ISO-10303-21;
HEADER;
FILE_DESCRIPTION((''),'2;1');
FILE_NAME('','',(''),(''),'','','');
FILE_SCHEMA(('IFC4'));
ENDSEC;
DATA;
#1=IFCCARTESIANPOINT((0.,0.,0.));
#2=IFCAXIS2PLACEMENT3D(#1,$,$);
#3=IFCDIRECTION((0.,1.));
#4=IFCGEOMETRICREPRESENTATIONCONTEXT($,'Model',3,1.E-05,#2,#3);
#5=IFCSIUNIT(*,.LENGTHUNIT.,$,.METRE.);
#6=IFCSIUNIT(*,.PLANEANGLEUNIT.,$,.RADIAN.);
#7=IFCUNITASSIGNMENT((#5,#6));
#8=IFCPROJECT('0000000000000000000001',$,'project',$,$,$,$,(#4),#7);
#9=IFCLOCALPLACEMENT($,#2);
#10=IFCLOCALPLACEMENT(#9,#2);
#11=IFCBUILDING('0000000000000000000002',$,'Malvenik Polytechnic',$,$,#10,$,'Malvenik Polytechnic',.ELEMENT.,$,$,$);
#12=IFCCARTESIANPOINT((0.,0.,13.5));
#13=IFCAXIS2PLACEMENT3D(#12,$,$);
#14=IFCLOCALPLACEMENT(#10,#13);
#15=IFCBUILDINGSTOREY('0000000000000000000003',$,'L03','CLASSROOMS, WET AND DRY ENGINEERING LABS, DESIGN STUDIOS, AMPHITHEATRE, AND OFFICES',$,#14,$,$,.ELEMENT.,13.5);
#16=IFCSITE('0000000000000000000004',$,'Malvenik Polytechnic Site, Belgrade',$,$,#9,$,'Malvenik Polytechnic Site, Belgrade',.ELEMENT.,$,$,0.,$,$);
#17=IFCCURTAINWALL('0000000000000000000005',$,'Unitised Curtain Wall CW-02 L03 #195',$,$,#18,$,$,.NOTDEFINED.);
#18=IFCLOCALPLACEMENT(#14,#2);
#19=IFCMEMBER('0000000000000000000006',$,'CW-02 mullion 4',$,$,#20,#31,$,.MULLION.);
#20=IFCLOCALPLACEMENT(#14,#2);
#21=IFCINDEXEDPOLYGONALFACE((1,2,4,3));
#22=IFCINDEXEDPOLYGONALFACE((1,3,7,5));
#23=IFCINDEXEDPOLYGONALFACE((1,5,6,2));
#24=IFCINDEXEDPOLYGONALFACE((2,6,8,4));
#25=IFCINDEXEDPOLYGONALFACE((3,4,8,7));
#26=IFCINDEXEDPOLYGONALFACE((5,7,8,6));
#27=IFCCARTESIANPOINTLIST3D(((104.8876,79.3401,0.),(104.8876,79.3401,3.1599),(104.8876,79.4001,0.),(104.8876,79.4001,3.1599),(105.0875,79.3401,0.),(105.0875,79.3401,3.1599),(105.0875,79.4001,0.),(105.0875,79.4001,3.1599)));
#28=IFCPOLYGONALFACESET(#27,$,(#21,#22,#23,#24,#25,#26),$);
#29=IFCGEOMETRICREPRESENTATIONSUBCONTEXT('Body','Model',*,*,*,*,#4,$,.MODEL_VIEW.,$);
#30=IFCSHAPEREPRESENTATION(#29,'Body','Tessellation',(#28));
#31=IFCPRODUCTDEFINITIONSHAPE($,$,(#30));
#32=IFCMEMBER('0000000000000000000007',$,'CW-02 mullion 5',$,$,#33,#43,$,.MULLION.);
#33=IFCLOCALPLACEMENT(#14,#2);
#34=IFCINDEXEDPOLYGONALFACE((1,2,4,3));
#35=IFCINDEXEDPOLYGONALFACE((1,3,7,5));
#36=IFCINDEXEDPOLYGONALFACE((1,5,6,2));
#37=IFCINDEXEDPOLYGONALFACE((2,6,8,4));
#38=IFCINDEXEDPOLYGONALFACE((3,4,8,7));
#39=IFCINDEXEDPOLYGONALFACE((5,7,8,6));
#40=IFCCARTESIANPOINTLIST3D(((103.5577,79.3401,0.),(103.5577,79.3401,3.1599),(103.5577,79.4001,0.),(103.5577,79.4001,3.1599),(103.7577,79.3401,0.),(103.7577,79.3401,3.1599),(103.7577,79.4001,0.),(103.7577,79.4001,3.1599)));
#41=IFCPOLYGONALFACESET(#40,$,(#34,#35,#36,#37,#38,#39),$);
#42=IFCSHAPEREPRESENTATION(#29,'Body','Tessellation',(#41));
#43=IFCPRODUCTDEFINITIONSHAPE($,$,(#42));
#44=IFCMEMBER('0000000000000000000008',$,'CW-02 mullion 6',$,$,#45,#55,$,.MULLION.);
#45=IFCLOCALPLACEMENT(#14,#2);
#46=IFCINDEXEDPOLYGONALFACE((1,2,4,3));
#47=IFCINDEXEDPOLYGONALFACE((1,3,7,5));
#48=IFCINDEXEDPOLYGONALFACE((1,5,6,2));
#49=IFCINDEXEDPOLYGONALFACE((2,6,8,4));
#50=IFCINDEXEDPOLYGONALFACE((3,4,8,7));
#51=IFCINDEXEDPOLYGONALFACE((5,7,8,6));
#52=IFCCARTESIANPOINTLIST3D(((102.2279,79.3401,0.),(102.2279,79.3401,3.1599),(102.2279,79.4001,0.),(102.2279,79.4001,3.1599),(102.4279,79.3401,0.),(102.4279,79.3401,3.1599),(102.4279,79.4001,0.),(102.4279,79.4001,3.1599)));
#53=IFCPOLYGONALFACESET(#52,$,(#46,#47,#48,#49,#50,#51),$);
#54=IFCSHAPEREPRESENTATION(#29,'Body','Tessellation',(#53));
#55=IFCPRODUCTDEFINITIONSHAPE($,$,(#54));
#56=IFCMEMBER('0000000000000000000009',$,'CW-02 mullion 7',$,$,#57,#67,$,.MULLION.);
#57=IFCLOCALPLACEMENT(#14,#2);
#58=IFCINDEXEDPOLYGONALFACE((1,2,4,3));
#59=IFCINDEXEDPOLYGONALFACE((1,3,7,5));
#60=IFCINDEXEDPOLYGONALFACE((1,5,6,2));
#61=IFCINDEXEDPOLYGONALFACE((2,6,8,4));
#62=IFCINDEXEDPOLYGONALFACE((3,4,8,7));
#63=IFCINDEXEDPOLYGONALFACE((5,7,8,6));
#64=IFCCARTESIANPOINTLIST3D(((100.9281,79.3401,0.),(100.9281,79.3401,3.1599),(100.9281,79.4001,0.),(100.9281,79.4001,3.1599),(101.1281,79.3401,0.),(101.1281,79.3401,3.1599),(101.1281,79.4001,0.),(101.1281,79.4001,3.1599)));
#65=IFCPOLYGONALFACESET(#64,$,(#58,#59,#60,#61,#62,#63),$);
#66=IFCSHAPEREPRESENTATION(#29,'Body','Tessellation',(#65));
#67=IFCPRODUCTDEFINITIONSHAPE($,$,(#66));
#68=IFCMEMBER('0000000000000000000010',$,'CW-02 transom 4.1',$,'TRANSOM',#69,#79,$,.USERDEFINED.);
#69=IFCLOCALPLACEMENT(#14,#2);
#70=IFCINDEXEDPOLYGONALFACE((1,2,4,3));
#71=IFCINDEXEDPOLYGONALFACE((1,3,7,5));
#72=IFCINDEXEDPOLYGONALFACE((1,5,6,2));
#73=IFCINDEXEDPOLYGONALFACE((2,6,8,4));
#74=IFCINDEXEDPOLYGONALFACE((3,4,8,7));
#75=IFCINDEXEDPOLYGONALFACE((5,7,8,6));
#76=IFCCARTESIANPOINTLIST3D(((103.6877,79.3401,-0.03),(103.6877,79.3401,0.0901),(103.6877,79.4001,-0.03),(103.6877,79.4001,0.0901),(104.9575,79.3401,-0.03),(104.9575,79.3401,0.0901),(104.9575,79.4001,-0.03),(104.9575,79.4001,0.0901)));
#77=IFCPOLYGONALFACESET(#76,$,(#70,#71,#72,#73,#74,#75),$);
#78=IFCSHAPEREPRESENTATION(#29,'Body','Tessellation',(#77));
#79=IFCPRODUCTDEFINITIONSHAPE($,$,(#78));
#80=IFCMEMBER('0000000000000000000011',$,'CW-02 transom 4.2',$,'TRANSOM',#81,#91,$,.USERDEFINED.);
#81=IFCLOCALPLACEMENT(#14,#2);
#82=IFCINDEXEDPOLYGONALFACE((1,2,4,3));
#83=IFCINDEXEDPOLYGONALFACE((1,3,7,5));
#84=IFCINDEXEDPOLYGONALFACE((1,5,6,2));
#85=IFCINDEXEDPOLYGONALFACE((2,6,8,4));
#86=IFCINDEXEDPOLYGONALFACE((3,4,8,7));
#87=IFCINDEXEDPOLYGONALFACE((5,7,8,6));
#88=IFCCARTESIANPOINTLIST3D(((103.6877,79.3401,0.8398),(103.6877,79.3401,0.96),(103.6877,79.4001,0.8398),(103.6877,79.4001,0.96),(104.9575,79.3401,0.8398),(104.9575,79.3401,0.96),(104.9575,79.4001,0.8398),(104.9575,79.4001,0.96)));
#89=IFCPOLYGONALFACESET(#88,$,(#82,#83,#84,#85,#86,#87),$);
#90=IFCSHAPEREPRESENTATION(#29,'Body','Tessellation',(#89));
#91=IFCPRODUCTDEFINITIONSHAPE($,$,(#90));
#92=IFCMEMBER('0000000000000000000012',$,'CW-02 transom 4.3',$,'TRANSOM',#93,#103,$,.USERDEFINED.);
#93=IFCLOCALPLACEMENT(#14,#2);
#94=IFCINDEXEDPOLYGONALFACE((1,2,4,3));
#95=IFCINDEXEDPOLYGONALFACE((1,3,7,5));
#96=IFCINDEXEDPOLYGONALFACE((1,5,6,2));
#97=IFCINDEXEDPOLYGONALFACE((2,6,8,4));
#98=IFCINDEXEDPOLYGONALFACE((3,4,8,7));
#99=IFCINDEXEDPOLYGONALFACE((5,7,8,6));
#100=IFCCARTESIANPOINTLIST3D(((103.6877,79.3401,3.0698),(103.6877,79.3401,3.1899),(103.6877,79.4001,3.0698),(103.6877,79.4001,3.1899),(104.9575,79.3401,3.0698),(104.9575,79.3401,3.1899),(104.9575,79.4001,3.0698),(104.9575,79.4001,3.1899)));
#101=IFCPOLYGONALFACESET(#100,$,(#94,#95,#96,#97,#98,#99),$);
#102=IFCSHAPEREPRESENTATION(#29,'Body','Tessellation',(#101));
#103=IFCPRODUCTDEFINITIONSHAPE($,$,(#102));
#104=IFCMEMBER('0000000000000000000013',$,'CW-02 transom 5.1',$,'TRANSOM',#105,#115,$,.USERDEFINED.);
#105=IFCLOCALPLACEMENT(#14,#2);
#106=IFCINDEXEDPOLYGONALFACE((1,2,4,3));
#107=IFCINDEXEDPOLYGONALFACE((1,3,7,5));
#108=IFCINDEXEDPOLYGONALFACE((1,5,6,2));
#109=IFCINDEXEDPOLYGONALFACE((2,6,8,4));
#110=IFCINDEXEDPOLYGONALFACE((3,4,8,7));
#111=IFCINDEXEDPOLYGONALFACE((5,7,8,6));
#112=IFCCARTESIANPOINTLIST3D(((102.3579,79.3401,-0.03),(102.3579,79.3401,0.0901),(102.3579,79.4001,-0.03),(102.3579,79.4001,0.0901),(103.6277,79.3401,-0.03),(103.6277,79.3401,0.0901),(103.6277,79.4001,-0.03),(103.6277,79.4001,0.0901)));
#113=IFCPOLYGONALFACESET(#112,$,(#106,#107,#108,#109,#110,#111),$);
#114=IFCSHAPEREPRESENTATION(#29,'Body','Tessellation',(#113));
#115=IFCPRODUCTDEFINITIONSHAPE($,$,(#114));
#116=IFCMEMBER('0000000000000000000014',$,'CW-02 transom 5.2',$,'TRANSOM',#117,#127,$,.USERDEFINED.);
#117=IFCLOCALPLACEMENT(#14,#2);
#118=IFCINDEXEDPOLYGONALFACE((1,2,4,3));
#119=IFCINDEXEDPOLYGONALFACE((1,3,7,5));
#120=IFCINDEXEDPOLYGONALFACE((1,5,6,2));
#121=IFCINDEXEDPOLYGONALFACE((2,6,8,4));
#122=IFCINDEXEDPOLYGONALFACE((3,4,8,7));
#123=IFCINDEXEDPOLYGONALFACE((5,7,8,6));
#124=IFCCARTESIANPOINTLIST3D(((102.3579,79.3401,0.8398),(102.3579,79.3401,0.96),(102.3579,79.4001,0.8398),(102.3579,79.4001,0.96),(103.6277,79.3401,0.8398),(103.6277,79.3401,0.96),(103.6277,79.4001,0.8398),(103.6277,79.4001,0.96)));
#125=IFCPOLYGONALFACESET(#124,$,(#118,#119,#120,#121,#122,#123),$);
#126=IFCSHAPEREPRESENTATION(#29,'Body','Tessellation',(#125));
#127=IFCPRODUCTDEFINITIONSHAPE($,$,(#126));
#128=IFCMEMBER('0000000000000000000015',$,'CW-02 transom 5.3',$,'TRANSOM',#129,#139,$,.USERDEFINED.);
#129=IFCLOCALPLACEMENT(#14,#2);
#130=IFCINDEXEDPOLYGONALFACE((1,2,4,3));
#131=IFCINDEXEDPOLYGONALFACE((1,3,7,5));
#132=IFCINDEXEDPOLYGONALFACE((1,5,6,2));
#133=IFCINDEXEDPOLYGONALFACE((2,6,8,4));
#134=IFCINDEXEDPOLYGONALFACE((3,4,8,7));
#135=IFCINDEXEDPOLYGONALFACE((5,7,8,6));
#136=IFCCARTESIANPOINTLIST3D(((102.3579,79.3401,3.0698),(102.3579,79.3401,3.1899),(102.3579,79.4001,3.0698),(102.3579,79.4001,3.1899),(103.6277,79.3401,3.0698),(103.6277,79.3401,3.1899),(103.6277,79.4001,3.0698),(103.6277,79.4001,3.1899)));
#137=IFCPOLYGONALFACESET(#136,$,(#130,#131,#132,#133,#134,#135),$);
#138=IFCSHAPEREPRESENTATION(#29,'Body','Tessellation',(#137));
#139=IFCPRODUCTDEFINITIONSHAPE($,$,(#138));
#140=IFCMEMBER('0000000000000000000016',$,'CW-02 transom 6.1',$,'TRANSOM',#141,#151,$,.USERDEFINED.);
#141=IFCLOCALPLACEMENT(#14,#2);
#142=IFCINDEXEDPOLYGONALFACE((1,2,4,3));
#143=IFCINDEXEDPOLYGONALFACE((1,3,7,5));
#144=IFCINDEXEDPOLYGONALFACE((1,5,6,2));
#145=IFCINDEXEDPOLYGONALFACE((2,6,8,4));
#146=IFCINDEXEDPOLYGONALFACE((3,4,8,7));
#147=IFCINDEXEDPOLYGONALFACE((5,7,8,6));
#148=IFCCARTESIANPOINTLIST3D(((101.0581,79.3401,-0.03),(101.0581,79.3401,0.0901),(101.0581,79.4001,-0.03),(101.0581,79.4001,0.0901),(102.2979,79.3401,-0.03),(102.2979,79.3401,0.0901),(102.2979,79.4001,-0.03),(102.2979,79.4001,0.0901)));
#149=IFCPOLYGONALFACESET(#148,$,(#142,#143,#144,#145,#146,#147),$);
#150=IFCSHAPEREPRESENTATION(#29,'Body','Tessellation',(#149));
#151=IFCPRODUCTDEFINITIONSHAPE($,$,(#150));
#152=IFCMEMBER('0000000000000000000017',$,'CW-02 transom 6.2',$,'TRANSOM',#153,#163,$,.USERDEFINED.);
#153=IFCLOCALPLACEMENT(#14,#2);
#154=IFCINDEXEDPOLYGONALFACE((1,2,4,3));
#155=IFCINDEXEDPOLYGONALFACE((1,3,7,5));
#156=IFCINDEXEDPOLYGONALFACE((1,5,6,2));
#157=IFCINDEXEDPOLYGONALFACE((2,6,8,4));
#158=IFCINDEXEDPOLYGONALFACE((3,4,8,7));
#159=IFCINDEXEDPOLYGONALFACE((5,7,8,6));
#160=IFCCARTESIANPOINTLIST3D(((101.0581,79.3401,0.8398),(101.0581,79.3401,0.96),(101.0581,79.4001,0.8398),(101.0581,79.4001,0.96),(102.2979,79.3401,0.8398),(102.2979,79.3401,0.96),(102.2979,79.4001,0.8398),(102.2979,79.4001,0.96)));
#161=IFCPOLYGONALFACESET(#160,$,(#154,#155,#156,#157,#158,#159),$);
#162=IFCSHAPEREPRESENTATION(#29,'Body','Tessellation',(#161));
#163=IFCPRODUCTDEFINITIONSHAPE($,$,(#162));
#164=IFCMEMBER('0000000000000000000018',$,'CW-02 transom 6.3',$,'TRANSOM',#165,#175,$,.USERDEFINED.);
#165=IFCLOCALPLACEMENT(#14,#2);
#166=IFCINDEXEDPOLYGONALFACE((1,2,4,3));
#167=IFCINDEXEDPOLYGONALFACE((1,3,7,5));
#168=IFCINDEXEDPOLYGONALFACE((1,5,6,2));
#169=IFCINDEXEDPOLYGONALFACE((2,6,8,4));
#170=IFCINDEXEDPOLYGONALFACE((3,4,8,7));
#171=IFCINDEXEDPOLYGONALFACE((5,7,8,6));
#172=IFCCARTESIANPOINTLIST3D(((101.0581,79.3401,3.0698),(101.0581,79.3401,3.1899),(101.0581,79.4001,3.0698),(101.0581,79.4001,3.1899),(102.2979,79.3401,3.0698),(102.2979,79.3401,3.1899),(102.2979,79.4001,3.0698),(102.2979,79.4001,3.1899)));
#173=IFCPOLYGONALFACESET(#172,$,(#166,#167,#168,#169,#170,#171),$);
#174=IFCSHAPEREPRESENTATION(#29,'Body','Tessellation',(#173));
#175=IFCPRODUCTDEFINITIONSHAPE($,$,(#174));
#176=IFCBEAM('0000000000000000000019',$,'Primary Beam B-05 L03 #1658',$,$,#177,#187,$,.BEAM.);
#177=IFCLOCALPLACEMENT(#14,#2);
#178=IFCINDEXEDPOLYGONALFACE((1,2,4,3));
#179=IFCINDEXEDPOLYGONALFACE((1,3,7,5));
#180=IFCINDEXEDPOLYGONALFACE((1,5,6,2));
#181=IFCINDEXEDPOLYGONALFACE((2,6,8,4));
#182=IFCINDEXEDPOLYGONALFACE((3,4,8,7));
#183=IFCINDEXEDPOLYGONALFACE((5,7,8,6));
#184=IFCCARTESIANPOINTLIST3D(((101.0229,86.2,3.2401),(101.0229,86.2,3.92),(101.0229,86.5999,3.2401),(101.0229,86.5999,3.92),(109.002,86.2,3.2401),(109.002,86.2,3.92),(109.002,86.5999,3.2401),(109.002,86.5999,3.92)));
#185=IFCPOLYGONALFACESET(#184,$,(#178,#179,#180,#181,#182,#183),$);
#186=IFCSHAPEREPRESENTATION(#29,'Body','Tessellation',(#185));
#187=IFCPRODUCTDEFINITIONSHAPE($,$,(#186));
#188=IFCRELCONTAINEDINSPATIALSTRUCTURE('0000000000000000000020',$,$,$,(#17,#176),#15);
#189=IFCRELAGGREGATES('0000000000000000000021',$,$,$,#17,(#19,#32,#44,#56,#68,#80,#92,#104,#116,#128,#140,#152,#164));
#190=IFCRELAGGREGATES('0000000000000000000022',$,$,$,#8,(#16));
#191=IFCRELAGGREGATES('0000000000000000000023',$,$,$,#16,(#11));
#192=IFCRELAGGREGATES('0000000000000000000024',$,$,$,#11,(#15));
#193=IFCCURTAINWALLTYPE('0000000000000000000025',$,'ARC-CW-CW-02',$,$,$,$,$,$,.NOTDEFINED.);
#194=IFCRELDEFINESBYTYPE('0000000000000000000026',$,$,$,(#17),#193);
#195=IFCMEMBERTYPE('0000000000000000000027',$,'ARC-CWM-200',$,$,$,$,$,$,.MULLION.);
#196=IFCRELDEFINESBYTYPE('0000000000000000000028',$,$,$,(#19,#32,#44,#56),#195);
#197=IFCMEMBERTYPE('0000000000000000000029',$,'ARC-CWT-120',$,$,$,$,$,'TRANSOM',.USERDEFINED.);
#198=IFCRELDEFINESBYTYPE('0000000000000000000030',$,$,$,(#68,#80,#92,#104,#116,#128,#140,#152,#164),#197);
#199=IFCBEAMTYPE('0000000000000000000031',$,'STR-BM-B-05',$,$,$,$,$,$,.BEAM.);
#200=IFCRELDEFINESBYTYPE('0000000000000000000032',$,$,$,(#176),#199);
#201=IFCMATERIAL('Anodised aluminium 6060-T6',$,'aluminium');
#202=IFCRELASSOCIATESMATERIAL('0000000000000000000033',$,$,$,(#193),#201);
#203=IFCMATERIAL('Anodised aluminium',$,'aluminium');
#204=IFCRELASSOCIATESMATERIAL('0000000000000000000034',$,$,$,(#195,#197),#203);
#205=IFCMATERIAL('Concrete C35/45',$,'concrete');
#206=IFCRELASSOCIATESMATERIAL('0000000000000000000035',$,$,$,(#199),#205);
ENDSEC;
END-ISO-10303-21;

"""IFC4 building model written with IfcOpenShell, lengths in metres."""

from ifc_helpers import new_model, si_unit, direction, frame, origin, origin_2d, place, context, subcontext, project, spatial, rectangle, extrude, material, material_profile, profile_set, type_object, element, aggregate, save


model = new_model("IFC4")

# Units and contexts
model_context = context("Model", 3, precision=1e-05, world=origin(), true_north=direction((0.0, 1.0)))
body_context = subcontext(model_context, "Body", "Model", "MODEL_VIEW")
ifc_project = project(units=[si_unit("LENGTHUNIT", "METRE"), si_unit("PLANEANGLEUNIT", "RADIAN")], contexts=[model_context])

# Site, building, storey
site_placement = place(None, origin())
site = spatial("IfcSite", under=ifc_project, at=site_placement, Name="Malvenik Polytechnic Site, Belgrade", LongName="Malvenik Polytechnic Site, Belgrade", CompositionType="ELEMENT", RefElevation=0.0)
building_placement = place(site_placement, origin())
building = spatial("IfcBuilding", under=site, at=building_placement, Name="Malvenik Polytechnic", LongName="Malvenik Polytechnic", CompositionType="ELEMENT")
storey_placement = place(building_placement, frame((0.0, 0.0, 13.5)))
storey = spatial("IfcBuildingStorey", under=building, at=storey_placement, Name="L03", Description="CLASSROOMS, WET AND DRY ENGINEERING LABS, DESIGN STUDIOS, AMPHITHEATRE, AND OFFICES", CompositionType="ELEMENT", Elevation=13.5)

# Curtain wall, members
ifc_material_1 = material(Name="Anodised aluminium 6060-T6", Category="aluminium")
curtain_wall_type = type_object("IfcCurtainWallType", Name="ARC-CW-CW-02", PredefinedType="NOTDEFINED", material=ifc_material_1)
curtain_wall_placement = place(storey_placement, origin())
curtain_wall = element("IfcCurtainWall", 1, at=curtain_wall_placement, inside=storey, type_object=curtain_wall_type, Name="Unitised Curtain Wall CW-02 L03 #195", PredefinedType="NOTDEFINED")
ifc_material_2 = material(Name="Anodised aluminium", Category="aluminium")
ifc_material_profile_1 = material_profile(ifc_material_2, rectangle(XDim=0.0601, YDim=0.2, at=origin_2d()), Name="ALU MULLION 60x200")
ifc_profile_set_1 = profile_set([ifc_material_profile_1], Name="Anodised aluminium")
member_type_1 = type_object("IfcMemberType", Name="ARC-CWM-200", PredefinedType="MULLION", material=ifc_profile_set_1)
member_1_placement = place(storey_placement, frame((104.9875, 79.3701, 0.0), z_axis=(0.0, 0.0, 1.0), x_axis=(0.0, -1.0, 0.0)))
member_1 = element("IfcMember", 2, at=member_1_placement, type_object=member_type_1, Name="CW-02 mullion 4", PredefinedType="MULLION", context=body_context, shape_type="SweptSolid", body=[
    extrude(rectangle(XDim=0.0601, YDim=0.2, at=origin_2d()), origin(), (0.0, 0.0, 1.0), 3.1599),
])
member_2_placement = place(storey_placement, frame((103.6577, 79.3701, 0.0), z_axis=(0.0, 0.0, 1.0), x_axis=(0.0, -1.0, 0.0)))
member_2 = element("IfcMember", 3, at=member_2_placement, type_object=member_type_1, Name="CW-02 mullion 5", PredefinedType="MULLION", context=body_context, shape_type="SweptSolid", body=[
    extrude(rectangle(XDim=0.0601, YDim=0.2, at=origin_2d()), origin(), (0.0, 0.0, 1.0), 3.1599),
])
member_3_placement = place(storey_placement, frame((102.3279, 79.3701, 0.0), z_axis=(0.0, 0.0, 1.0), x_axis=(0.0, -1.0, 0.0)))
member_3 = element("IfcMember", 4, at=member_3_placement, type_object=member_type_1, Name="CW-02 mullion 6", PredefinedType="MULLION", context=body_context, shape_type="SweptSolid", body=[
    extrude(rectangle(XDim=0.0601, YDim=0.2, at=origin_2d()), origin(), (0.0, 0.0, 1.0), 3.1599),
])
member_4_placement = place(storey_placement, frame((101.0281, 79.3701, 0.0), z_axis=(0.0, 0.0, 1.0), x_axis=(0.0, -1.0, 0.0)))
member_4 = element("IfcMember", 5, at=member_4_placement, type_object=member_type_1, Name="CW-02 mullion 7", PredefinedType="MULLION", context=body_context, shape_type="SweptSolid", body=[
    extrude(rectangle(XDim=0.0601, YDim=0.2, at=origin_2d()), origin(), (0.0, 0.0, 1.0), 3.1599),
])
ifc_material_profile_2 = material_profile(ifc_material_2, rectangle(XDim=0.0601, YDim=0.1201, at=origin_2d()), Name="ALU TRANSOM 60x120")
ifc_profile_set_2 = profile_set([ifc_material_profile_2], Name="Anodised aluminium")
member_type_2 = type_object("IfcMemberType", Name="ARC-CWT-120", ElementType="TRANSOM", PredefinedType="USERDEFINED", material=ifc_profile_set_2)
member_5_placement = place(storey_placement, frame((104.9575, 79.3701, 0.03), z_axis=(-1.0, 0.0, 0.0), x_axis=(0.0, -1.0, 0.0)))
member_5 = element("IfcMember", 6, at=member_5_placement, type_object=member_type_2, Name="CW-02 transom 4.1", ObjectType="TRANSOM", PredefinedType="USERDEFINED", context=body_context, shape_type="SweptSolid", body=[
    extrude(rectangle(XDim=0.0601, YDim=0.1201, at=origin_2d()), origin(), (0.0, 0.0, 1.0), 1.2698),
])
member_6_placement = place(storey_placement, frame((104.9575, 79.3701, 0.8999), z_axis=(-1.0, 0.0, 0.0), x_axis=(0.0, -1.0, 0.0)))
member_6 = element("IfcMember", 7, at=member_6_placement, type_object=member_type_2, Name="CW-02 transom 4.2", ObjectType="TRANSOM", PredefinedType="USERDEFINED", context=body_context, shape_type="SweptSolid", body=[
    extrude(rectangle(XDim=0.0601, YDim=0.1201, at=origin_2d()), origin(), (0.0, 0.0, 1.0), 1.2698),
])
member_7_placement = place(storey_placement, frame((104.9575, 79.3701, 3.1299), z_axis=(-1.0, 0.0, 0.0), x_axis=(0.0, -1.0, 0.0)))
member_7 = element("IfcMember", 8, at=member_7_placement, type_object=member_type_2, Name="CW-02 transom 4.3", ObjectType="TRANSOM", PredefinedType="USERDEFINED", context=body_context, shape_type="SweptSolid", body=[
    extrude(rectangle(XDim=0.0601, YDim=0.1201, at=origin_2d()), origin(), (0.0, 0.0, 1.0), 1.2698),
])
member_8_placement = place(storey_placement, frame((103.6277, 79.3701, 0.03), z_axis=(-1.0, 0.0, 0.0), x_axis=(0.0, -1.0, 0.0)))
member_8 = element("IfcMember", 9, at=member_8_placement, type_object=member_type_2, Name="CW-02 transom 5.1", ObjectType="TRANSOM", PredefinedType="USERDEFINED", context=body_context, shape_type="SweptSolid", body=[
    extrude(rectangle(XDim=0.0601, YDim=0.1201, at=origin_2d()), origin(), (0.0, 0.0, 1.0), 1.2698),
])
member_9_placement = place(storey_placement, frame((103.6277, 79.3701, 0.8999), z_axis=(-1.0, 0.0, 0.0), x_axis=(0.0, -1.0, 0.0)))
member_9 = element("IfcMember", 10, at=member_9_placement, type_object=member_type_2, Name="CW-02 transom 5.2", ObjectType="TRANSOM", PredefinedType="USERDEFINED", context=body_context, shape_type="SweptSolid", body=[
    extrude(rectangle(XDim=0.0601, YDim=0.1201, at=origin_2d()), origin(), (0.0, 0.0, 1.0), 1.2698),
])
member_10_placement = place(storey_placement, frame((103.6277, 79.3701, 3.1299), z_axis=(-1.0, 0.0, 0.0), x_axis=(0.0, -1.0, 0.0)))
member_10 = element("IfcMember", 11, at=member_10_placement, type_object=member_type_2, Name="CW-02 transom 5.3", ObjectType="TRANSOM", PredefinedType="USERDEFINED", context=body_context, shape_type="SweptSolid", body=[
    extrude(rectangle(XDim=0.0601, YDim=0.1201, at=origin_2d()), origin(), (0.0, 0.0, 1.0), 1.2698),
])
member_11_placement = place(storey_placement, frame((102.2979, 79.3701, 0.03), z_axis=(-1.0, 0.0, 0.0), x_axis=(0.0, -1.0, 0.0)))
member_11 = element("IfcMember", 12, at=member_11_placement, type_object=member_type_2, Name="CW-02 transom 6.1", ObjectType="TRANSOM", PredefinedType="USERDEFINED", context=body_context, shape_type="SweptSolid", body=[
    extrude(rectangle(XDim=0.0601, YDim=0.1201, at=origin_2d()), origin(), (0.0, 0.0, 1.0), 1.2397),
])
member_12_placement = place(storey_placement, frame((102.2979, 79.3701, 0.8999), z_axis=(-1.0, 0.0, 0.0), x_axis=(0.0, -1.0, 0.0)))
member_12 = element("IfcMember", 13, at=member_12_placement, type_object=member_type_2, Name="CW-02 transom 6.2", ObjectType="TRANSOM", PredefinedType="USERDEFINED", context=body_context, shape_type="SweptSolid", body=[
    extrude(rectangle(XDim=0.0601, YDim=0.1201, at=origin_2d()), origin(), (0.0, 0.0, 1.0), 1.2397),
])
member_13_placement = place(storey_placement, frame((102.2979, 79.3701, 3.1299), z_axis=(-1.0, 0.0, 0.0), x_axis=(0.0, -1.0, 0.0)))
member_13 = element("IfcMember", 14, at=member_13_placement, type_object=member_type_2, Name="CW-02 transom 6.3", ObjectType="TRANSOM", PredefinedType="USERDEFINED", context=body_context, shape_type="SweptSolid", body=[
    extrude(rectangle(XDim=0.0601, YDim=0.1201, at=origin_2d()), origin(), (0.0, 0.0, 1.0), 1.2397),
])

# Beam
ifc_material_3 = material(Name="Concrete C35/45", Category="concrete")
ifc_material_profile_3 = material_profile(ifc_material_3, rectangle(XDim=0.3999, YDim=0.6799, at=origin_2d()), Name="RC BM 400x680")
ifc_profile_set_3 = profile_set([ifc_material_profile_3], Name="Concrete C35/45")
beam_type_1 = type_object("IfcBeamType", Name="STR-BM-B-05", PredefinedType="BEAM", material=ifc_profile_set_3)
beam_1_placement = place(storey_placement, frame((101.0229, 86.3999, 3.5801), z_axis=(1.0, 0.0, 0.0), x_axis=(0.0, 1.0, 0.0)))
element("IfcBeam", 15, at=beam_1_placement, inside=storey, type_object=beam_type_1, Name="Primary Beam B-05 L03 #1658", PredefinedType="BEAM", context=body_context, shape_type="SweptSolid", body=[
    extrude(rectangle(XDim=0.3999, YDim=0.6799, at=origin_2d()), origin(), (0.0, 0.0, 1.0), 7.979),
])

aggregate(curtain_wall, [member_1, member_2, member_3, member_4, member_5, member_6, member_7, member_8, member_9, member_10, member_11, member_12, member_13])

save(model, "model.ifc")
